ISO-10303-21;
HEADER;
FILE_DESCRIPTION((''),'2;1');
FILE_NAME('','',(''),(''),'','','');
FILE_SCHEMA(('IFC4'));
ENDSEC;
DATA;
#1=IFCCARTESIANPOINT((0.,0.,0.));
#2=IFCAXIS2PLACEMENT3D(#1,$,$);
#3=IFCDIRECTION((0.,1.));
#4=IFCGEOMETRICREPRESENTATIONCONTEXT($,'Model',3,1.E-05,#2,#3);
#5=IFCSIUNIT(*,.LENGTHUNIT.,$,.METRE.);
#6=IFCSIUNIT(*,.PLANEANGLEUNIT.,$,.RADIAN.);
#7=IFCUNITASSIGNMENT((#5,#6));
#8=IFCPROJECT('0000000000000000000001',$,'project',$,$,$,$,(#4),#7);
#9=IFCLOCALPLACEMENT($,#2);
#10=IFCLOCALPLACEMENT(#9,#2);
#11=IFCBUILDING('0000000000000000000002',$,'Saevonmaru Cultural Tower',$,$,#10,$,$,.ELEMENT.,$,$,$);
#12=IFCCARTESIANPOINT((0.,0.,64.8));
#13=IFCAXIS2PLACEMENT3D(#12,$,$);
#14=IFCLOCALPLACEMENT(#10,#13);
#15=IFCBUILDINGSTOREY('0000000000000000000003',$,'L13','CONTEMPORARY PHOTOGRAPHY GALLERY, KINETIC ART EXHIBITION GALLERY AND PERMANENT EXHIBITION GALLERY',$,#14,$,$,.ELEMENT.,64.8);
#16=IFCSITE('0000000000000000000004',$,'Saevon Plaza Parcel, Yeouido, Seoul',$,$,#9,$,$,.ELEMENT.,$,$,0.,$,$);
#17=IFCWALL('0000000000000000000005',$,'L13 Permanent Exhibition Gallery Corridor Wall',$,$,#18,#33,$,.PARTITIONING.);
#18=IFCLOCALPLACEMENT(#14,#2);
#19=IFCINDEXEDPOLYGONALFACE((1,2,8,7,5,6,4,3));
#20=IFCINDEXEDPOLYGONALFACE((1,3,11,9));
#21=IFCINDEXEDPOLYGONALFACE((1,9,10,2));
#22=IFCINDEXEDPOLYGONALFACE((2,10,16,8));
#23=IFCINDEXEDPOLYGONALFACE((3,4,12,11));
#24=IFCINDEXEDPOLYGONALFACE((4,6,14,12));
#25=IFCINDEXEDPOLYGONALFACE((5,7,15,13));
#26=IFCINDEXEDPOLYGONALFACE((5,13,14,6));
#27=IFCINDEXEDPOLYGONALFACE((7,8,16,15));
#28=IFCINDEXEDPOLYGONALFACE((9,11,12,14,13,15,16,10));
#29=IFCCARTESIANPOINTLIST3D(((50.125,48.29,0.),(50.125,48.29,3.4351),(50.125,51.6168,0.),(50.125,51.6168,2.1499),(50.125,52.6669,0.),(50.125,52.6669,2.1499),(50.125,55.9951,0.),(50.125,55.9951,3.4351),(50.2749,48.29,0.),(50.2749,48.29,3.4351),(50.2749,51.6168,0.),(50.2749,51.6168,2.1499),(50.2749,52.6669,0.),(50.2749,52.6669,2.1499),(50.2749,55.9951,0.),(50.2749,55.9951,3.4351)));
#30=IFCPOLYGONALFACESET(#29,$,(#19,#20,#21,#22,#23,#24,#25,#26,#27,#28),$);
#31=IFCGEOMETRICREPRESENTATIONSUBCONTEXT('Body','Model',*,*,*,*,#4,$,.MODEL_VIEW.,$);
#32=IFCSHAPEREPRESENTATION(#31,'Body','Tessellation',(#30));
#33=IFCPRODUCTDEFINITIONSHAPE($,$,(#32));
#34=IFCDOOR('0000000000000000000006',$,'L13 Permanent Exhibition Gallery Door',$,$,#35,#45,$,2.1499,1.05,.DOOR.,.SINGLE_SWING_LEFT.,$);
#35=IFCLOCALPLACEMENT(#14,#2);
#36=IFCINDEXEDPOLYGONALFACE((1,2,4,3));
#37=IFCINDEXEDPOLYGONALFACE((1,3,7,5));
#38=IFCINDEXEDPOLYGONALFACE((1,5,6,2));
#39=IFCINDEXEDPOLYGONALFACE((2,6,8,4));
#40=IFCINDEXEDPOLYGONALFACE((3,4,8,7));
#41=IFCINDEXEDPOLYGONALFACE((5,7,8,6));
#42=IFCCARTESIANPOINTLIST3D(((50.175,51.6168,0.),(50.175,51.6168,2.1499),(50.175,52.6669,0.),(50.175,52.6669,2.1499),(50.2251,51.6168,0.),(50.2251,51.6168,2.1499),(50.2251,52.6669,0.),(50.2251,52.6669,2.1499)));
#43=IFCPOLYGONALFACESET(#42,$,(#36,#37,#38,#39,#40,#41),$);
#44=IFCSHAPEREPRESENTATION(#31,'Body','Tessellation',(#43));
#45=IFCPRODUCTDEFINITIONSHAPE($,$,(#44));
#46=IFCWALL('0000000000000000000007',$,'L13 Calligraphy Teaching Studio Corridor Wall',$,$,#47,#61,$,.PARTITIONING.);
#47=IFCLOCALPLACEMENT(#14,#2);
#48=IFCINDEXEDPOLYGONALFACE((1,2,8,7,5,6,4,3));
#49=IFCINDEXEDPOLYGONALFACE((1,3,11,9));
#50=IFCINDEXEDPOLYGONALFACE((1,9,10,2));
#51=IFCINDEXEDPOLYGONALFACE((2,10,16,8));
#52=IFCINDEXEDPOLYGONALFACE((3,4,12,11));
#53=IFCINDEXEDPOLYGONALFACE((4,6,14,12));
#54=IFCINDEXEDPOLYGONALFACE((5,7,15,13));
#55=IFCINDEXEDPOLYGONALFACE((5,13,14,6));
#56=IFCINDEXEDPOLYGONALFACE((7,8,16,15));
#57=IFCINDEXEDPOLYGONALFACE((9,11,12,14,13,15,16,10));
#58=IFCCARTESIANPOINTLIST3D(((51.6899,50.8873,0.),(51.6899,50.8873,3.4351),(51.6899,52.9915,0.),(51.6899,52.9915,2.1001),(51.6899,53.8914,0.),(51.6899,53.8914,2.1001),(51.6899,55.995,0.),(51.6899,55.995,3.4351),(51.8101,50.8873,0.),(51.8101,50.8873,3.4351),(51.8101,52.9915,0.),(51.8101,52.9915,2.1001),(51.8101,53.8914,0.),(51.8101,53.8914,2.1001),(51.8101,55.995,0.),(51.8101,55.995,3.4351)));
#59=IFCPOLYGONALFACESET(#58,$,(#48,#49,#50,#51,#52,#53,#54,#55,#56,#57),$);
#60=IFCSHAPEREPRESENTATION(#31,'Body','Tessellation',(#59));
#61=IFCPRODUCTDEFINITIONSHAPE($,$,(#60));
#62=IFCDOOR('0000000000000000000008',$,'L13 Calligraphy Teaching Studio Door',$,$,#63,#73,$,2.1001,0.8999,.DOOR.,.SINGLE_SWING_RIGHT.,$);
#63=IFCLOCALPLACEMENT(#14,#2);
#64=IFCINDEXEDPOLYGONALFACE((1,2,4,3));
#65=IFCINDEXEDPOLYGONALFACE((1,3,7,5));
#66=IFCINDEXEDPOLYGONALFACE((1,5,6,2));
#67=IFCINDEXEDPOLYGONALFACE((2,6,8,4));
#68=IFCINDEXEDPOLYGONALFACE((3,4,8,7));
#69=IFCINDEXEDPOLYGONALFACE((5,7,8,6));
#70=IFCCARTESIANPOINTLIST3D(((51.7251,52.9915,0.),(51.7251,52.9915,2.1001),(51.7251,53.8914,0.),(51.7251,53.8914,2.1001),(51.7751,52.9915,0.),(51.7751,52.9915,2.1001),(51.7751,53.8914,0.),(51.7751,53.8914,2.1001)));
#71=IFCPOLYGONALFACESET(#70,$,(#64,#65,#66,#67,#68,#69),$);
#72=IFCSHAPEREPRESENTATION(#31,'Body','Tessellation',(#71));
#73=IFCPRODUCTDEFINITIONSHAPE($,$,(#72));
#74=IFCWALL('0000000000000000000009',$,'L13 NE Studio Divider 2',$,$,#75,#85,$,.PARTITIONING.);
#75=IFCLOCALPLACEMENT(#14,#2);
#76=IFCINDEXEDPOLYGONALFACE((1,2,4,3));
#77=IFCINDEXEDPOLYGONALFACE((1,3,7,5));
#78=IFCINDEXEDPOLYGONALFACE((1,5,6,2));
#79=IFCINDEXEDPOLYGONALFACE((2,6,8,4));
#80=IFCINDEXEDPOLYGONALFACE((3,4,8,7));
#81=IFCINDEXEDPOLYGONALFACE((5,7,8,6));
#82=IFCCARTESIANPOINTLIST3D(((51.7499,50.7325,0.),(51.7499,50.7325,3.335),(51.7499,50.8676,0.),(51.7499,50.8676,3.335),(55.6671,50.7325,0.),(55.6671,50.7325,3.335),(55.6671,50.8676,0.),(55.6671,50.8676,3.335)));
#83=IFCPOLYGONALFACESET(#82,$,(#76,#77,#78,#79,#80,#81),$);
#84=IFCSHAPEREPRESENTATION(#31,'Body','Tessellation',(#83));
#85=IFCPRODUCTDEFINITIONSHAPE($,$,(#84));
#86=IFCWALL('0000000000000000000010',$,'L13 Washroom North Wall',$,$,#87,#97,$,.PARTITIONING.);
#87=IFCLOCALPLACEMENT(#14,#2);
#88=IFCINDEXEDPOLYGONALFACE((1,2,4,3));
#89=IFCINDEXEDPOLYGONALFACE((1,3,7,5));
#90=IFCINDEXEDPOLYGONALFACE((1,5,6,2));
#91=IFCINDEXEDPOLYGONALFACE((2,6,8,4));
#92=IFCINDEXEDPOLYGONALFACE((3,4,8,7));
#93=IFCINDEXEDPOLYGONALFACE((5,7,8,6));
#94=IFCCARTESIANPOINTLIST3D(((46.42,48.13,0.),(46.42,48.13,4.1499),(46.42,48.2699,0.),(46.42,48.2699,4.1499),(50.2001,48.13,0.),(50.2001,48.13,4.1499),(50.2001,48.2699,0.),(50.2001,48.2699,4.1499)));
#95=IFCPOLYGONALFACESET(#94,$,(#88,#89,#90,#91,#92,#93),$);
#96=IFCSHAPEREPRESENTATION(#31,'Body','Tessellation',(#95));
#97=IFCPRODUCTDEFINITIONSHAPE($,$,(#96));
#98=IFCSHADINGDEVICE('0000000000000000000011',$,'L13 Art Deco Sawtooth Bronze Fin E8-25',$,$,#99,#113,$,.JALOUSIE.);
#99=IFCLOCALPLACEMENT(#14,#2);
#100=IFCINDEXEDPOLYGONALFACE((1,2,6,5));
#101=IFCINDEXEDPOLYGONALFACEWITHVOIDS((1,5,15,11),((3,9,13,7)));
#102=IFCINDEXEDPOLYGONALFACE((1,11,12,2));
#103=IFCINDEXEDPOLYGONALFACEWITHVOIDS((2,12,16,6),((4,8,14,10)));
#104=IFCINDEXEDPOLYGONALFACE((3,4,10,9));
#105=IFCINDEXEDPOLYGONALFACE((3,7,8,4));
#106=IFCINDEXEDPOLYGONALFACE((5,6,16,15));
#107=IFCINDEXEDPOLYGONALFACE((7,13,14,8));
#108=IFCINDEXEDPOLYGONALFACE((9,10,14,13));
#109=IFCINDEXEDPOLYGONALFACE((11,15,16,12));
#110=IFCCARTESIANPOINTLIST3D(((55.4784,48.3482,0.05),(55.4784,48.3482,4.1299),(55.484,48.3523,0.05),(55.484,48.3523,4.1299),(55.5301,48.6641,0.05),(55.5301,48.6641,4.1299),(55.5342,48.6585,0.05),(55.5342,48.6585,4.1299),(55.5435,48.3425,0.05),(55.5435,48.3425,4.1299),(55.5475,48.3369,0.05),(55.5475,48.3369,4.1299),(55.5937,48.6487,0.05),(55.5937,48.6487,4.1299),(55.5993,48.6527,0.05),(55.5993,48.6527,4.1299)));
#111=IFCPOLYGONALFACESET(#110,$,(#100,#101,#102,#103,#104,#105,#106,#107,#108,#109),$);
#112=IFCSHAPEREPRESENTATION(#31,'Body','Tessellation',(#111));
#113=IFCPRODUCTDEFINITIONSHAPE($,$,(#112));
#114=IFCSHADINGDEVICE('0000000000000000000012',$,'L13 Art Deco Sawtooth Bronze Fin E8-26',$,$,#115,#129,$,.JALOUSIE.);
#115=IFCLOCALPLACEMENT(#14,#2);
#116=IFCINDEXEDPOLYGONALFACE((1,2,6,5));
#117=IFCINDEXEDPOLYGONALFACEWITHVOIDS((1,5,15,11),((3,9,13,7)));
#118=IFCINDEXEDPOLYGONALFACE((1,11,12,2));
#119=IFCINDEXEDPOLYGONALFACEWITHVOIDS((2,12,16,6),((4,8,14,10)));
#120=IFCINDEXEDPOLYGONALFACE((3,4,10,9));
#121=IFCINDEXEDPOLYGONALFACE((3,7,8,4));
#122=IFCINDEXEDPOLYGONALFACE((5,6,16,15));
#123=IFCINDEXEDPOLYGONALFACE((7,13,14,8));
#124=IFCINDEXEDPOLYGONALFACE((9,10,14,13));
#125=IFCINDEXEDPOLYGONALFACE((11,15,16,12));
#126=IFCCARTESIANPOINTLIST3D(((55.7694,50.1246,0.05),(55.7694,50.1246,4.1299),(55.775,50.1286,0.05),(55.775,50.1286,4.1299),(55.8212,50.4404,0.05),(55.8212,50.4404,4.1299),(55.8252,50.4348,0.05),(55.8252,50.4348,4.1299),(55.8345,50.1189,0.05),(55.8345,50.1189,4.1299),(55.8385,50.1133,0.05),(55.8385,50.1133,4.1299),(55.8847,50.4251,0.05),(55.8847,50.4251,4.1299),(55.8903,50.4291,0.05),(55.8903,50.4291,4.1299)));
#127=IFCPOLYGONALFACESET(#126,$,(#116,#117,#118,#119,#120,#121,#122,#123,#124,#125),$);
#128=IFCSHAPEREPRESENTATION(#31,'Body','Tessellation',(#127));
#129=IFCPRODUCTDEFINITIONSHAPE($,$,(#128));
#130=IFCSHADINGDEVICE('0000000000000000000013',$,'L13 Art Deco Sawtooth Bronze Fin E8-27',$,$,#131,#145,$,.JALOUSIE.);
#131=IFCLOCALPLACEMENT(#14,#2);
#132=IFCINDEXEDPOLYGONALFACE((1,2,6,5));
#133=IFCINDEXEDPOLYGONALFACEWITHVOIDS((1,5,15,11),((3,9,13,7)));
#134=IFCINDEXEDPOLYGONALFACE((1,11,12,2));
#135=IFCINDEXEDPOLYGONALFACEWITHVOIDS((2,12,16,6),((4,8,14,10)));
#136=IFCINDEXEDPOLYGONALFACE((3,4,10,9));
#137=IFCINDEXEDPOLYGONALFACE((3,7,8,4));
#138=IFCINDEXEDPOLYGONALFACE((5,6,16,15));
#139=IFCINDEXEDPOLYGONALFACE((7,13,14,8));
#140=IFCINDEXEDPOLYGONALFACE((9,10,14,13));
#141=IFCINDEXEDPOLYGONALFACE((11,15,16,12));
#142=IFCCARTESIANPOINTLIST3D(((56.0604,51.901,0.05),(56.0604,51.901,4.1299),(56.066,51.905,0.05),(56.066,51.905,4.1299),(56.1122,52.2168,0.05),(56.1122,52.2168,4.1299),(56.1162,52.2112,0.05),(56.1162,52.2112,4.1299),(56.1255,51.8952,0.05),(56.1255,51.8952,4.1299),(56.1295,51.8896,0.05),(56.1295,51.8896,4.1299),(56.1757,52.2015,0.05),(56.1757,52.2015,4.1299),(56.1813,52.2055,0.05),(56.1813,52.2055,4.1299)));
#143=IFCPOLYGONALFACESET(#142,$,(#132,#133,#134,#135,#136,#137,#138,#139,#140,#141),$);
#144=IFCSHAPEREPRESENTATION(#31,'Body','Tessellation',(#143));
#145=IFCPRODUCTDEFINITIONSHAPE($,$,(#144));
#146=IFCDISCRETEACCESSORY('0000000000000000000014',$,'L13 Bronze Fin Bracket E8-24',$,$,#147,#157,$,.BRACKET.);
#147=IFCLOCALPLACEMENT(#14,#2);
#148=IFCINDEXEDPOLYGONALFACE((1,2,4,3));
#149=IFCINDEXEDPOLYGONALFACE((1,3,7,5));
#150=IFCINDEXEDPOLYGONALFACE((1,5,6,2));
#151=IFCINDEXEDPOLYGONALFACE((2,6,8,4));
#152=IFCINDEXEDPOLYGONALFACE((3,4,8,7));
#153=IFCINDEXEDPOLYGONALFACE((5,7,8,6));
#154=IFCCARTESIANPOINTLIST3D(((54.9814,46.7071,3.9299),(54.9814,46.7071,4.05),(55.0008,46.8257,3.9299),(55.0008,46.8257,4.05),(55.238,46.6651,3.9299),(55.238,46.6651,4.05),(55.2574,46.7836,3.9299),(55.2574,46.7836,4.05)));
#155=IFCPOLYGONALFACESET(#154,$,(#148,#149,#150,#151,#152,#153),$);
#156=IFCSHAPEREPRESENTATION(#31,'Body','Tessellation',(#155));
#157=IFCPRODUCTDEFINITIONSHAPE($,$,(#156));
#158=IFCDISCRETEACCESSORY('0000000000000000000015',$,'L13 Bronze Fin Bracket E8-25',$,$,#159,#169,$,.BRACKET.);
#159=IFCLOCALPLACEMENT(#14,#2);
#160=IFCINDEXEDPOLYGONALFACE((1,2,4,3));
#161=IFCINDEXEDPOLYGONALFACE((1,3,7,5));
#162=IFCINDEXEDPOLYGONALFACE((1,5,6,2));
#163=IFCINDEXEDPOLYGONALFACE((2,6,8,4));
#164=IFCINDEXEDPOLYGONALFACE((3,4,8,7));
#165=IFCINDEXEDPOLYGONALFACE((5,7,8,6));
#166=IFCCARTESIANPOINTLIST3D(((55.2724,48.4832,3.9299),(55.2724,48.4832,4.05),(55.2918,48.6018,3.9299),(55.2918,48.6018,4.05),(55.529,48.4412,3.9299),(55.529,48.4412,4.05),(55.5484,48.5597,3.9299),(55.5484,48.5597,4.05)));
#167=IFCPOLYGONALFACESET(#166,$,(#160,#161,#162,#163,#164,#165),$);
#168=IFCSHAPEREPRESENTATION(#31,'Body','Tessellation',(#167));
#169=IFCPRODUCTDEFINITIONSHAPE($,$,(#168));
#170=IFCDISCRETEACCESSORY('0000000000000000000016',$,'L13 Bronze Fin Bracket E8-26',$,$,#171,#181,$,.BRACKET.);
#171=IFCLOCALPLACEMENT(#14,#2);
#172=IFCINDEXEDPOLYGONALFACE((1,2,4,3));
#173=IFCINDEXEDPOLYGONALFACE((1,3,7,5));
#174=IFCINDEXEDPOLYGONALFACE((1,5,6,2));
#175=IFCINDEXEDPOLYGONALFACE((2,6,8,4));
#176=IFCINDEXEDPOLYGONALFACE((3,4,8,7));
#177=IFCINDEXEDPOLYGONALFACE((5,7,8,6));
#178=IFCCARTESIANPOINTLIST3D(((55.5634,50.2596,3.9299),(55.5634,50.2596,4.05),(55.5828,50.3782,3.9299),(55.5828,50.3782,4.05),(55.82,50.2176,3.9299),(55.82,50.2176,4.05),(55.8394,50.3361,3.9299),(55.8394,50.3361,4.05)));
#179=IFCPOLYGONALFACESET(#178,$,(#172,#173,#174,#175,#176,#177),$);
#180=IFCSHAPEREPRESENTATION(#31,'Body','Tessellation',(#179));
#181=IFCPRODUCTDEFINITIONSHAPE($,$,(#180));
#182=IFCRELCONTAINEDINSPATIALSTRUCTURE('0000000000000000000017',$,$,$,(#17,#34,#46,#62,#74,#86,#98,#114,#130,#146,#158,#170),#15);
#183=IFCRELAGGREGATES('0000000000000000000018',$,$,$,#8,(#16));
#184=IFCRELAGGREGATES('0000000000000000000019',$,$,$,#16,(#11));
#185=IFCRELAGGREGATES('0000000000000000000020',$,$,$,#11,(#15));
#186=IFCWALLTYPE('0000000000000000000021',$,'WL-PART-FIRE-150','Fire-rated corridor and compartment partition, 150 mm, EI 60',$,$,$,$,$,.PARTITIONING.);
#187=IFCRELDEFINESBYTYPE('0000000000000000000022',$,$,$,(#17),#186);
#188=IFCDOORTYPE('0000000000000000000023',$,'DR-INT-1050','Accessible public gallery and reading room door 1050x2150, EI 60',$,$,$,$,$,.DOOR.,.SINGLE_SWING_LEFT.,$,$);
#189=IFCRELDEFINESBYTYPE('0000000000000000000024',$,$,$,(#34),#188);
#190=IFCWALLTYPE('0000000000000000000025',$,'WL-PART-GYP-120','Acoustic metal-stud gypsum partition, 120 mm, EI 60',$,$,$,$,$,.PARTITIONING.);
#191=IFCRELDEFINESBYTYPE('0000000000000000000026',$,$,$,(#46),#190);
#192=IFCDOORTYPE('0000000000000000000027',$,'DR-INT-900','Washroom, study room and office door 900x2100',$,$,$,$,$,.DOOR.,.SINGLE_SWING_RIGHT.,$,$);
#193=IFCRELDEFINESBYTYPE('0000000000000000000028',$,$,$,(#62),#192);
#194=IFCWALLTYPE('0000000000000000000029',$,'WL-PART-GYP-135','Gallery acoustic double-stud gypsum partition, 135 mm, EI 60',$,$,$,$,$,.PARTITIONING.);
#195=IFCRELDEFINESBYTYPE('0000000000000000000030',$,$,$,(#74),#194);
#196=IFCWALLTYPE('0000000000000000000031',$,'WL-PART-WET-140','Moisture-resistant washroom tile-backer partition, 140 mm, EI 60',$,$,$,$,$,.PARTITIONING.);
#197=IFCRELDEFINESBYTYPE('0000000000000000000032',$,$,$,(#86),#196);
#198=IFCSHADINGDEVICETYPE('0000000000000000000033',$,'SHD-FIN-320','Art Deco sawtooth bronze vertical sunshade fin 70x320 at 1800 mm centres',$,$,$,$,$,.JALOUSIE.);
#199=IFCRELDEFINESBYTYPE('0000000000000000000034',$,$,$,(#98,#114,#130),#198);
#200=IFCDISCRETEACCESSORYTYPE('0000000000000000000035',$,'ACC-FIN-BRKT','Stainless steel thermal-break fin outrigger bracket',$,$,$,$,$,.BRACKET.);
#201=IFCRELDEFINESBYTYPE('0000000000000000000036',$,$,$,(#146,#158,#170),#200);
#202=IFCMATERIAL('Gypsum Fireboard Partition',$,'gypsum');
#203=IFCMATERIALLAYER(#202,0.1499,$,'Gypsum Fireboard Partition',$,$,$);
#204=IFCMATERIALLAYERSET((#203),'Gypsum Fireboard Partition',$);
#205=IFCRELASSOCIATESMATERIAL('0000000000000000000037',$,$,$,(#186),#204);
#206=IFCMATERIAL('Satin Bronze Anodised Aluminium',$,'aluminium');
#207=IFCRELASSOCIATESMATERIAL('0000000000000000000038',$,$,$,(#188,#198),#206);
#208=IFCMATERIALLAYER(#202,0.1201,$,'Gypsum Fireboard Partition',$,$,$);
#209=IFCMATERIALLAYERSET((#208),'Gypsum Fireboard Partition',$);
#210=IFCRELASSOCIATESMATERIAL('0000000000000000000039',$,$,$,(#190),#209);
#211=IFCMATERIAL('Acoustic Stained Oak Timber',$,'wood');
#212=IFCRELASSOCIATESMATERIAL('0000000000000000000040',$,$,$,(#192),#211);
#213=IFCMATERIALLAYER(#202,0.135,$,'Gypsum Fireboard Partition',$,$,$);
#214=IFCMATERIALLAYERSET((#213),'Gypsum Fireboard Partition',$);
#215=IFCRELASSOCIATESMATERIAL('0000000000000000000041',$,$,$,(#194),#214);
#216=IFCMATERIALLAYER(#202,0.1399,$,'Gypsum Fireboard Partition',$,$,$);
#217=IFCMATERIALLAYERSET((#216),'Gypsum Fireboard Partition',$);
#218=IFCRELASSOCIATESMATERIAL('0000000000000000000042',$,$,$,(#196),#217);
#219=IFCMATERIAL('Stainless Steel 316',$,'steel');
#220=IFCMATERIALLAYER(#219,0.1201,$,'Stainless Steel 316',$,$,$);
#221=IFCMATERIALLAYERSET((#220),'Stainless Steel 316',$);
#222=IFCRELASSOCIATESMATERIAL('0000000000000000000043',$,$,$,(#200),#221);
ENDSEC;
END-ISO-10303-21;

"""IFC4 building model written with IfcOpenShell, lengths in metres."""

from ifc_helpers import new_model, si_unit, direction, frame, frame_2d, origin, origin_2d, place, context, subcontext, project, spatial, rectangle, hollow_rectangle, extrude, material, layer, layer_set, material_profile, profile_set, type_object, element, fill, save


model = new_model("IFC4")

# Units and contexts
model_context = context("Model", 3, precision=1e-05, world=origin(), true_north=direction((0.0, 1.0)))
body_context = subcontext(model_context, "Body", "Model", "MODEL_VIEW")
ifc_project = project(units=[si_unit("LENGTHUNIT", "METRE"), si_unit("PLANEANGLEUNIT", "RADIAN")], contexts=[model_context])

# Site, building, storey
site_placement = place(None, origin())
site = spatial("IfcSite", under=ifc_project, at=site_placement, Name="Saevon Plaza Parcel, Yeouido, Seoul", CompositionType="ELEMENT", RefElevation=0.0)
building_placement = place(site_placement, origin())
building = spatial("IfcBuilding", under=site, at=building_placement, Name="Saevonmaru Cultural Tower", CompositionType="ELEMENT")
storey_placement = place(building_placement, frame((0.0, 0.0, 64.8)))
storey = spatial("IfcBuildingStorey", under=building, at=storey_placement, Name="L13", Description="CONTEMPORARY PHOTOGRAPHY GALLERY, KINETIC ART EXHIBITION GALLERY AND PERMANENT EXHIBITION GALLERY", CompositionType="ELEMENT", Elevation=64.8)

# Shared definitions
ifc_material_1 = material(Name="Satin Bronze Anodised Aluminium", Category="aluminium")

# Walls, openings, doors
ifc_material_2 = material(Name="Gypsum Fireboard Partition", Category="gypsum")
ifc_layer_1 = layer(ifc_material_2, 0.1499, Name="Gypsum Fireboard Partition")
ifc_layer_set_1 = layer_set([ifc_layer_1], Name="Gypsum Fireboard Partition")
wall_type_1 = type_object("IfcWallType", Name="WL-PART-FIRE-150", Description="Fire-rated corridor and compartment partition, 150 mm, EI 60", PredefinedType="PARTITIONING", material=ifc_layer_set_1)
wall_1_placement = place(storey_placement, frame((50.2, 48.29, 0.0), z_axis=(0.0, 0.0, 1.0), x_axis=(0.0, 1.0, 0.0)))
wall_1 = element("IfcWall", 1, at=wall_1_placement, inside=storey, type_object=wall_type_1, Name="L13 Permanent Exhibition Gallery Corridor Wall", PredefinedType="PARTITIONING", context=body_context, shape_type="SweptSolid", body=[
    extrude(rectangle(XDim=7.7051, YDim=0.1499, at=frame_2d((3.8525, 0.0))), origin(), (0.0, 0.0, 1.0), 3.4351),
])
opening_1_placement = place(wall_1_placement, frame((3.3269, 0.0, 0.0)))
opening_1 = element("IfcOpeningElement", 2, at=opening_1_placement, cuts=wall_1, PredefinedType="OPENING", context=body_context, shape_type="SweptSolid", body=[
    extrude(rectangle(XDim=1.05, YDim=2.1499, at=frame_2d((0.5249, 1.075))), frame((0.0, 0.085, 0.0), z_axis=(0.0, -1.0, 0.0), x_axis=(1.0, 0.0, 0.0)), (0.0, 0.0, 1.0), 0.1699),
])
door_type_1 = type_object("IfcDoorType", Name="DR-INT-1050", Description="Accessible public gallery and reading room door 1050x2150, EI 60", OperationType="SINGLE_SWING_LEFT", PredefinedType="DOOR", material=ifc_material_1)
door_1_placement = place(opening_1_placement, origin())
door_1 = element("IfcDoor", 3, at=door_1_placement, inside=storey, type_object=door_type_1, Name="L13 Permanent Exhibition Gallery Door", OperationType="SINGLE_SWING_LEFT", OverallHeight=2.1499, OverallWidth=1.05, PredefinedType="DOOR", context=body_context, shape_type="SweptSolid", body=[
    extrude(rectangle(XDim=1.05, YDim=2.1499, at=frame_2d((0.5249, 1.075))), frame((0.0, 0.0249, 0.0), z_axis=(0.0, -1.0, 0.0), x_axis=(1.0, 0.0, 0.0)), (0.0, 0.0, 1.0), 0.05),
])
fill(opening_1, door_1)
ifc_layer_2 = layer(ifc_material_2, 0.1201, Name="Gypsum Fireboard Partition")
ifc_layer_set_2 = layer_set([ifc_layer_2], Name="Gypsum Fireboard Partition")
wall_type_2 = type_object("IfcWallType", Name="WL-PART-GYP-120", Description="Acoustic metal-stud gypsum partition, 120 mm, EI 60", PredefinedType="PARTITIONING", material=ifc_layer_set_2)
wall_2_placement = place(storey_placement, frame((51.75, 50.8875, 0.0), z_axis=(0.0, 0.0, 1.0), x_axis=(0.0, 1.0, 0.0)))
wall_2 = element("IfcWall", 4, at=wall_2_placement, inside=storey, type_object=wall_type_2, Name="L13 Calligraphy Teaching Studio Corridor Wall", PredefinedType="PARTITIONING", context=body_context, shape_type="SweptSolid", body=[
    extrude(rectangle(XDim=5.1077, YDim=0.1201, at=frame_2d((2.5537, 0.0))), origin(), (0.0, 0.0, 1.0), 3.4351),
])
opening_2_placement = place(wall_2_placement, frame((2.104, 0.0, 0.0)))
opening_2 = element("IfcOpeningElement", 5, at=opening_2_placement, cuts=wall_2, PredefinedType="OPENING", context=body_context, shape_type="SweptSolid", body=[
    extrude(rectangle(XDim=0.8999, YDim=2.1001, at=frame_2d((0.45, 1.05))), frame((0.0, 0.0701, 0.0), z_axis=(0.0, -1.0, 0.0), x_axis=(1.0, 0.0, 0.0)), (0.0, 0.0, 1.0), 0.1401),
])
ifc_material_3 = material(Name="Acoustic Stained Oak Timber", Category="wood")
door_type_2 = type_object("IfcDoorType", Name="DR-INT-900", Description="Washroom, study room and office door 900x2100", OperationType="SINGLE_SWING_RIGHT", PredefinedType="DOOR", material=ifc_material_3)
door_2_placement = place(opening_2_placement, origin())
door_2 = element("IfcDoor", 6, at=door_2_placement, inside=storey, type_object=door_type_2, Name="L13 Calligraphy Teaching Studio Door", OperationType="SINGLE_SWING_RIGHT", OverallHeight=2.1001, OverallWidth=0.8999, PredefinedType="DOOR", context=body_context, shape_type="SweptSolid", body=[
    extrude(rectangle(XDim=0.8999, YDim=2.1001, at=frame_2d((0.45, 1.05))), frame((0.0, 0.0249, 0.0), z_axis=(0.0, -1.0, 0.0), x_axis=(1.0, 0.0, 0.0)), (0.0, 0.0, 1.0), 0.05),
])
fill(opening_2, door_2)

# Walls
ifc_layer_3 = layer(ifc_material_2, 0.135, Name="Gypsum Fireboard Partition")
ifc_layer_set_3 = layer_set([ifc_layer_3], Name="Gypsum Fireboard Partition")
wall_type_3 = type_object("IfcWallType", Name="WL-PART-GYP-135", Description="Gallery acoustic double-stud gypsum partition, 135 mm, EI 60", PredefinedType="PARTITIONING", material=ifc_layer_set_3)
wall_3_placement = place(storey_placement, frame((51.75, 50.8, 0.0), z_axis=(0.0, 0.0, 1.0), x_axis=(1.0, 0.0, 0.0)))
element("IfcWall", 7, at=wall_3_placement, inside=storey, type_object=wall_type_3, Name="L13 NE Studio Divider 2", PredefinedType="PARTITIONING", context=body_context, shape_type="SweptSolid", body=[
    extrude(rectangle(XDim=3.9172, YDim=0.135, at=frame_2d((1.9585, 0.0))), origin(), (0.0, 0.0, 1.0), 3.335),
])
ifc_layer_4 = layer(ifc_material_2, 0.1399, Name="Gypsum Fireboard Partition")
ifc_layer_set_4 = layer_set([ifc_layer_4], Name="Gypsum Fireboard Partition")
wall_type_4 = type_object("IfcWallType", Name="WL-PART-WET-140", Description="Moisture-resistant washroom tile-backer partition, 140 mm, EI 60", PredefinedType="PARTITIONING", material=ifc_layer_set_4)
wall_4_placement = place(storey_placement, frame((46.4199, 48.2, 0.0), z_axis=(0.0, 0.0, 1.0), x_axis=(1.0, 0.0, 0.0)))
element("IfcWall", 8, at=wall_4_placement, inside=storey, type_object=wall_type_4, Name="L13 Washroom North Wall", PredefinedType="PARTITIONING", context=body_context, shape_type="SweptSolid", body=[
    extrude(rectangle(XDim=3.78, YDim=0.1399, at=frame_2d((1.8901, 0.0))), origin(), (0.0, 0.0, 1.0), 4.1499),
])

# Shading devices
ifc_material_profile_1 = material_profile(ifc_material_1, hollow_rectangle(XDim=0.0701, YDim=0.3201, WallThickness=0.0049, at=origin_2d()), Name="FIN-320x70")
ifc_profile_set_1 = profile_set([ifc_material_profile_1], Name="Satin Bronze Anodised Aluminium")
shading_device_type = type_object("IfcShadingDeviceType", Name="SHD-FIN-320", Description="Art Deco sawtooth bronze vertical sunshade fin 70x320 at 1800 mm centres", PredefinedType="JALOUSIE", material=ifc_profile_set_1)
for number, where, z_axis, x_axis, name in (
    (9, (55.5388, 48.5005, 0.05), (0.0, 0.0, 1.0), (0.986827, -0.161776, 0.0), "L13 Art Deco Sawtooth Bronze Fin E8-25"),
    (10, (55.8298, 50.2769, 0.05), (0.0, 0.0, 1.0), (0.986827, -0.161776, 0.0), "L13 Art Deco Sawtooth Bronze Fin E8-26"),
    (11, (56.1208, 52.0532, 0.05), (0.0, 0.0, 1.0), (0.986827, -0.161776, 0.0), "L13 Art Deco Sawtooth Bronze Fin E8-27"),
):
    element("IfcShadingDevice", number, at=place(storey_placement, frame(where, z_axis=z_axis, x_axis=x_axis)), inside=storey, type_object=shading_device_type, Name=name, PredefinedType="JALOUSIE", context=body_context, shape_type="SweptSolid", body=[
        extrude(hollow_rectangle(XDim=0.0701, YDim=0.3201, WallThickness=0.0049, at=origin_2d()), origin(), (0.0, 0.0, 1.0), 4.0798),
    ])

# Discrete accessories
ifc_material_4 = material(Name="Stainless Steel 316", Category="steel")
ifc_layer_5 = layer(ifc_material_4, 0.1201, Name="Stainless Steel 316")
ifc_layer_set_5 = layer_set([ifc_layer_5], Name="Stainless Steel 316")
discrete_accessory_type = type_object("IfcDiscreteAccessoryType", Name="ACC-FIN-BRKT", Description="Stainless steel thermal-break fin outrigger bracket", PredefinedType="BRACKET", material=ifc_layer_set_5)
for number, where, z_axis, x_axis, name in (
    (12, (55.1194, 46.7454, 3.9299), (0.0, 0.0, 1.0), (0.986827, -0.161776, 0.0), "L13 Bronze Fin Bracket E8-24"),
    (13, (55.4104, 48.5215, 3.9299), (0.0, 0.0, 1.0), (0.986827, -0.161776, 0.0), "L13 Bronze Fin Bracket E8-25"),
    (14, (55.7014, 50.2979, 3.9299), (0.0, 0.0, 1.0), (0.986827, -0.161776, 0.0), "L13 Bronze Fin Bracket E8-26"),
):
    element("IfcDiscreteAccessory", number, at=place(storey_placement, frame(where, z_axis=z_axis, x_axis=x_axis)), inside=storey, type_object=discrete_accessory_type, Name=name, PredefinedType="BRACKET", context=body_context, shape_type="SweptSolid", body=[
        extrude(rectangle(XDim=0.26, YDim=0.1201, at=origin_2d()), origin(), (0.0, 0.0, 1.0), 0.1201),
    ])

save(model, "model.ifc")
